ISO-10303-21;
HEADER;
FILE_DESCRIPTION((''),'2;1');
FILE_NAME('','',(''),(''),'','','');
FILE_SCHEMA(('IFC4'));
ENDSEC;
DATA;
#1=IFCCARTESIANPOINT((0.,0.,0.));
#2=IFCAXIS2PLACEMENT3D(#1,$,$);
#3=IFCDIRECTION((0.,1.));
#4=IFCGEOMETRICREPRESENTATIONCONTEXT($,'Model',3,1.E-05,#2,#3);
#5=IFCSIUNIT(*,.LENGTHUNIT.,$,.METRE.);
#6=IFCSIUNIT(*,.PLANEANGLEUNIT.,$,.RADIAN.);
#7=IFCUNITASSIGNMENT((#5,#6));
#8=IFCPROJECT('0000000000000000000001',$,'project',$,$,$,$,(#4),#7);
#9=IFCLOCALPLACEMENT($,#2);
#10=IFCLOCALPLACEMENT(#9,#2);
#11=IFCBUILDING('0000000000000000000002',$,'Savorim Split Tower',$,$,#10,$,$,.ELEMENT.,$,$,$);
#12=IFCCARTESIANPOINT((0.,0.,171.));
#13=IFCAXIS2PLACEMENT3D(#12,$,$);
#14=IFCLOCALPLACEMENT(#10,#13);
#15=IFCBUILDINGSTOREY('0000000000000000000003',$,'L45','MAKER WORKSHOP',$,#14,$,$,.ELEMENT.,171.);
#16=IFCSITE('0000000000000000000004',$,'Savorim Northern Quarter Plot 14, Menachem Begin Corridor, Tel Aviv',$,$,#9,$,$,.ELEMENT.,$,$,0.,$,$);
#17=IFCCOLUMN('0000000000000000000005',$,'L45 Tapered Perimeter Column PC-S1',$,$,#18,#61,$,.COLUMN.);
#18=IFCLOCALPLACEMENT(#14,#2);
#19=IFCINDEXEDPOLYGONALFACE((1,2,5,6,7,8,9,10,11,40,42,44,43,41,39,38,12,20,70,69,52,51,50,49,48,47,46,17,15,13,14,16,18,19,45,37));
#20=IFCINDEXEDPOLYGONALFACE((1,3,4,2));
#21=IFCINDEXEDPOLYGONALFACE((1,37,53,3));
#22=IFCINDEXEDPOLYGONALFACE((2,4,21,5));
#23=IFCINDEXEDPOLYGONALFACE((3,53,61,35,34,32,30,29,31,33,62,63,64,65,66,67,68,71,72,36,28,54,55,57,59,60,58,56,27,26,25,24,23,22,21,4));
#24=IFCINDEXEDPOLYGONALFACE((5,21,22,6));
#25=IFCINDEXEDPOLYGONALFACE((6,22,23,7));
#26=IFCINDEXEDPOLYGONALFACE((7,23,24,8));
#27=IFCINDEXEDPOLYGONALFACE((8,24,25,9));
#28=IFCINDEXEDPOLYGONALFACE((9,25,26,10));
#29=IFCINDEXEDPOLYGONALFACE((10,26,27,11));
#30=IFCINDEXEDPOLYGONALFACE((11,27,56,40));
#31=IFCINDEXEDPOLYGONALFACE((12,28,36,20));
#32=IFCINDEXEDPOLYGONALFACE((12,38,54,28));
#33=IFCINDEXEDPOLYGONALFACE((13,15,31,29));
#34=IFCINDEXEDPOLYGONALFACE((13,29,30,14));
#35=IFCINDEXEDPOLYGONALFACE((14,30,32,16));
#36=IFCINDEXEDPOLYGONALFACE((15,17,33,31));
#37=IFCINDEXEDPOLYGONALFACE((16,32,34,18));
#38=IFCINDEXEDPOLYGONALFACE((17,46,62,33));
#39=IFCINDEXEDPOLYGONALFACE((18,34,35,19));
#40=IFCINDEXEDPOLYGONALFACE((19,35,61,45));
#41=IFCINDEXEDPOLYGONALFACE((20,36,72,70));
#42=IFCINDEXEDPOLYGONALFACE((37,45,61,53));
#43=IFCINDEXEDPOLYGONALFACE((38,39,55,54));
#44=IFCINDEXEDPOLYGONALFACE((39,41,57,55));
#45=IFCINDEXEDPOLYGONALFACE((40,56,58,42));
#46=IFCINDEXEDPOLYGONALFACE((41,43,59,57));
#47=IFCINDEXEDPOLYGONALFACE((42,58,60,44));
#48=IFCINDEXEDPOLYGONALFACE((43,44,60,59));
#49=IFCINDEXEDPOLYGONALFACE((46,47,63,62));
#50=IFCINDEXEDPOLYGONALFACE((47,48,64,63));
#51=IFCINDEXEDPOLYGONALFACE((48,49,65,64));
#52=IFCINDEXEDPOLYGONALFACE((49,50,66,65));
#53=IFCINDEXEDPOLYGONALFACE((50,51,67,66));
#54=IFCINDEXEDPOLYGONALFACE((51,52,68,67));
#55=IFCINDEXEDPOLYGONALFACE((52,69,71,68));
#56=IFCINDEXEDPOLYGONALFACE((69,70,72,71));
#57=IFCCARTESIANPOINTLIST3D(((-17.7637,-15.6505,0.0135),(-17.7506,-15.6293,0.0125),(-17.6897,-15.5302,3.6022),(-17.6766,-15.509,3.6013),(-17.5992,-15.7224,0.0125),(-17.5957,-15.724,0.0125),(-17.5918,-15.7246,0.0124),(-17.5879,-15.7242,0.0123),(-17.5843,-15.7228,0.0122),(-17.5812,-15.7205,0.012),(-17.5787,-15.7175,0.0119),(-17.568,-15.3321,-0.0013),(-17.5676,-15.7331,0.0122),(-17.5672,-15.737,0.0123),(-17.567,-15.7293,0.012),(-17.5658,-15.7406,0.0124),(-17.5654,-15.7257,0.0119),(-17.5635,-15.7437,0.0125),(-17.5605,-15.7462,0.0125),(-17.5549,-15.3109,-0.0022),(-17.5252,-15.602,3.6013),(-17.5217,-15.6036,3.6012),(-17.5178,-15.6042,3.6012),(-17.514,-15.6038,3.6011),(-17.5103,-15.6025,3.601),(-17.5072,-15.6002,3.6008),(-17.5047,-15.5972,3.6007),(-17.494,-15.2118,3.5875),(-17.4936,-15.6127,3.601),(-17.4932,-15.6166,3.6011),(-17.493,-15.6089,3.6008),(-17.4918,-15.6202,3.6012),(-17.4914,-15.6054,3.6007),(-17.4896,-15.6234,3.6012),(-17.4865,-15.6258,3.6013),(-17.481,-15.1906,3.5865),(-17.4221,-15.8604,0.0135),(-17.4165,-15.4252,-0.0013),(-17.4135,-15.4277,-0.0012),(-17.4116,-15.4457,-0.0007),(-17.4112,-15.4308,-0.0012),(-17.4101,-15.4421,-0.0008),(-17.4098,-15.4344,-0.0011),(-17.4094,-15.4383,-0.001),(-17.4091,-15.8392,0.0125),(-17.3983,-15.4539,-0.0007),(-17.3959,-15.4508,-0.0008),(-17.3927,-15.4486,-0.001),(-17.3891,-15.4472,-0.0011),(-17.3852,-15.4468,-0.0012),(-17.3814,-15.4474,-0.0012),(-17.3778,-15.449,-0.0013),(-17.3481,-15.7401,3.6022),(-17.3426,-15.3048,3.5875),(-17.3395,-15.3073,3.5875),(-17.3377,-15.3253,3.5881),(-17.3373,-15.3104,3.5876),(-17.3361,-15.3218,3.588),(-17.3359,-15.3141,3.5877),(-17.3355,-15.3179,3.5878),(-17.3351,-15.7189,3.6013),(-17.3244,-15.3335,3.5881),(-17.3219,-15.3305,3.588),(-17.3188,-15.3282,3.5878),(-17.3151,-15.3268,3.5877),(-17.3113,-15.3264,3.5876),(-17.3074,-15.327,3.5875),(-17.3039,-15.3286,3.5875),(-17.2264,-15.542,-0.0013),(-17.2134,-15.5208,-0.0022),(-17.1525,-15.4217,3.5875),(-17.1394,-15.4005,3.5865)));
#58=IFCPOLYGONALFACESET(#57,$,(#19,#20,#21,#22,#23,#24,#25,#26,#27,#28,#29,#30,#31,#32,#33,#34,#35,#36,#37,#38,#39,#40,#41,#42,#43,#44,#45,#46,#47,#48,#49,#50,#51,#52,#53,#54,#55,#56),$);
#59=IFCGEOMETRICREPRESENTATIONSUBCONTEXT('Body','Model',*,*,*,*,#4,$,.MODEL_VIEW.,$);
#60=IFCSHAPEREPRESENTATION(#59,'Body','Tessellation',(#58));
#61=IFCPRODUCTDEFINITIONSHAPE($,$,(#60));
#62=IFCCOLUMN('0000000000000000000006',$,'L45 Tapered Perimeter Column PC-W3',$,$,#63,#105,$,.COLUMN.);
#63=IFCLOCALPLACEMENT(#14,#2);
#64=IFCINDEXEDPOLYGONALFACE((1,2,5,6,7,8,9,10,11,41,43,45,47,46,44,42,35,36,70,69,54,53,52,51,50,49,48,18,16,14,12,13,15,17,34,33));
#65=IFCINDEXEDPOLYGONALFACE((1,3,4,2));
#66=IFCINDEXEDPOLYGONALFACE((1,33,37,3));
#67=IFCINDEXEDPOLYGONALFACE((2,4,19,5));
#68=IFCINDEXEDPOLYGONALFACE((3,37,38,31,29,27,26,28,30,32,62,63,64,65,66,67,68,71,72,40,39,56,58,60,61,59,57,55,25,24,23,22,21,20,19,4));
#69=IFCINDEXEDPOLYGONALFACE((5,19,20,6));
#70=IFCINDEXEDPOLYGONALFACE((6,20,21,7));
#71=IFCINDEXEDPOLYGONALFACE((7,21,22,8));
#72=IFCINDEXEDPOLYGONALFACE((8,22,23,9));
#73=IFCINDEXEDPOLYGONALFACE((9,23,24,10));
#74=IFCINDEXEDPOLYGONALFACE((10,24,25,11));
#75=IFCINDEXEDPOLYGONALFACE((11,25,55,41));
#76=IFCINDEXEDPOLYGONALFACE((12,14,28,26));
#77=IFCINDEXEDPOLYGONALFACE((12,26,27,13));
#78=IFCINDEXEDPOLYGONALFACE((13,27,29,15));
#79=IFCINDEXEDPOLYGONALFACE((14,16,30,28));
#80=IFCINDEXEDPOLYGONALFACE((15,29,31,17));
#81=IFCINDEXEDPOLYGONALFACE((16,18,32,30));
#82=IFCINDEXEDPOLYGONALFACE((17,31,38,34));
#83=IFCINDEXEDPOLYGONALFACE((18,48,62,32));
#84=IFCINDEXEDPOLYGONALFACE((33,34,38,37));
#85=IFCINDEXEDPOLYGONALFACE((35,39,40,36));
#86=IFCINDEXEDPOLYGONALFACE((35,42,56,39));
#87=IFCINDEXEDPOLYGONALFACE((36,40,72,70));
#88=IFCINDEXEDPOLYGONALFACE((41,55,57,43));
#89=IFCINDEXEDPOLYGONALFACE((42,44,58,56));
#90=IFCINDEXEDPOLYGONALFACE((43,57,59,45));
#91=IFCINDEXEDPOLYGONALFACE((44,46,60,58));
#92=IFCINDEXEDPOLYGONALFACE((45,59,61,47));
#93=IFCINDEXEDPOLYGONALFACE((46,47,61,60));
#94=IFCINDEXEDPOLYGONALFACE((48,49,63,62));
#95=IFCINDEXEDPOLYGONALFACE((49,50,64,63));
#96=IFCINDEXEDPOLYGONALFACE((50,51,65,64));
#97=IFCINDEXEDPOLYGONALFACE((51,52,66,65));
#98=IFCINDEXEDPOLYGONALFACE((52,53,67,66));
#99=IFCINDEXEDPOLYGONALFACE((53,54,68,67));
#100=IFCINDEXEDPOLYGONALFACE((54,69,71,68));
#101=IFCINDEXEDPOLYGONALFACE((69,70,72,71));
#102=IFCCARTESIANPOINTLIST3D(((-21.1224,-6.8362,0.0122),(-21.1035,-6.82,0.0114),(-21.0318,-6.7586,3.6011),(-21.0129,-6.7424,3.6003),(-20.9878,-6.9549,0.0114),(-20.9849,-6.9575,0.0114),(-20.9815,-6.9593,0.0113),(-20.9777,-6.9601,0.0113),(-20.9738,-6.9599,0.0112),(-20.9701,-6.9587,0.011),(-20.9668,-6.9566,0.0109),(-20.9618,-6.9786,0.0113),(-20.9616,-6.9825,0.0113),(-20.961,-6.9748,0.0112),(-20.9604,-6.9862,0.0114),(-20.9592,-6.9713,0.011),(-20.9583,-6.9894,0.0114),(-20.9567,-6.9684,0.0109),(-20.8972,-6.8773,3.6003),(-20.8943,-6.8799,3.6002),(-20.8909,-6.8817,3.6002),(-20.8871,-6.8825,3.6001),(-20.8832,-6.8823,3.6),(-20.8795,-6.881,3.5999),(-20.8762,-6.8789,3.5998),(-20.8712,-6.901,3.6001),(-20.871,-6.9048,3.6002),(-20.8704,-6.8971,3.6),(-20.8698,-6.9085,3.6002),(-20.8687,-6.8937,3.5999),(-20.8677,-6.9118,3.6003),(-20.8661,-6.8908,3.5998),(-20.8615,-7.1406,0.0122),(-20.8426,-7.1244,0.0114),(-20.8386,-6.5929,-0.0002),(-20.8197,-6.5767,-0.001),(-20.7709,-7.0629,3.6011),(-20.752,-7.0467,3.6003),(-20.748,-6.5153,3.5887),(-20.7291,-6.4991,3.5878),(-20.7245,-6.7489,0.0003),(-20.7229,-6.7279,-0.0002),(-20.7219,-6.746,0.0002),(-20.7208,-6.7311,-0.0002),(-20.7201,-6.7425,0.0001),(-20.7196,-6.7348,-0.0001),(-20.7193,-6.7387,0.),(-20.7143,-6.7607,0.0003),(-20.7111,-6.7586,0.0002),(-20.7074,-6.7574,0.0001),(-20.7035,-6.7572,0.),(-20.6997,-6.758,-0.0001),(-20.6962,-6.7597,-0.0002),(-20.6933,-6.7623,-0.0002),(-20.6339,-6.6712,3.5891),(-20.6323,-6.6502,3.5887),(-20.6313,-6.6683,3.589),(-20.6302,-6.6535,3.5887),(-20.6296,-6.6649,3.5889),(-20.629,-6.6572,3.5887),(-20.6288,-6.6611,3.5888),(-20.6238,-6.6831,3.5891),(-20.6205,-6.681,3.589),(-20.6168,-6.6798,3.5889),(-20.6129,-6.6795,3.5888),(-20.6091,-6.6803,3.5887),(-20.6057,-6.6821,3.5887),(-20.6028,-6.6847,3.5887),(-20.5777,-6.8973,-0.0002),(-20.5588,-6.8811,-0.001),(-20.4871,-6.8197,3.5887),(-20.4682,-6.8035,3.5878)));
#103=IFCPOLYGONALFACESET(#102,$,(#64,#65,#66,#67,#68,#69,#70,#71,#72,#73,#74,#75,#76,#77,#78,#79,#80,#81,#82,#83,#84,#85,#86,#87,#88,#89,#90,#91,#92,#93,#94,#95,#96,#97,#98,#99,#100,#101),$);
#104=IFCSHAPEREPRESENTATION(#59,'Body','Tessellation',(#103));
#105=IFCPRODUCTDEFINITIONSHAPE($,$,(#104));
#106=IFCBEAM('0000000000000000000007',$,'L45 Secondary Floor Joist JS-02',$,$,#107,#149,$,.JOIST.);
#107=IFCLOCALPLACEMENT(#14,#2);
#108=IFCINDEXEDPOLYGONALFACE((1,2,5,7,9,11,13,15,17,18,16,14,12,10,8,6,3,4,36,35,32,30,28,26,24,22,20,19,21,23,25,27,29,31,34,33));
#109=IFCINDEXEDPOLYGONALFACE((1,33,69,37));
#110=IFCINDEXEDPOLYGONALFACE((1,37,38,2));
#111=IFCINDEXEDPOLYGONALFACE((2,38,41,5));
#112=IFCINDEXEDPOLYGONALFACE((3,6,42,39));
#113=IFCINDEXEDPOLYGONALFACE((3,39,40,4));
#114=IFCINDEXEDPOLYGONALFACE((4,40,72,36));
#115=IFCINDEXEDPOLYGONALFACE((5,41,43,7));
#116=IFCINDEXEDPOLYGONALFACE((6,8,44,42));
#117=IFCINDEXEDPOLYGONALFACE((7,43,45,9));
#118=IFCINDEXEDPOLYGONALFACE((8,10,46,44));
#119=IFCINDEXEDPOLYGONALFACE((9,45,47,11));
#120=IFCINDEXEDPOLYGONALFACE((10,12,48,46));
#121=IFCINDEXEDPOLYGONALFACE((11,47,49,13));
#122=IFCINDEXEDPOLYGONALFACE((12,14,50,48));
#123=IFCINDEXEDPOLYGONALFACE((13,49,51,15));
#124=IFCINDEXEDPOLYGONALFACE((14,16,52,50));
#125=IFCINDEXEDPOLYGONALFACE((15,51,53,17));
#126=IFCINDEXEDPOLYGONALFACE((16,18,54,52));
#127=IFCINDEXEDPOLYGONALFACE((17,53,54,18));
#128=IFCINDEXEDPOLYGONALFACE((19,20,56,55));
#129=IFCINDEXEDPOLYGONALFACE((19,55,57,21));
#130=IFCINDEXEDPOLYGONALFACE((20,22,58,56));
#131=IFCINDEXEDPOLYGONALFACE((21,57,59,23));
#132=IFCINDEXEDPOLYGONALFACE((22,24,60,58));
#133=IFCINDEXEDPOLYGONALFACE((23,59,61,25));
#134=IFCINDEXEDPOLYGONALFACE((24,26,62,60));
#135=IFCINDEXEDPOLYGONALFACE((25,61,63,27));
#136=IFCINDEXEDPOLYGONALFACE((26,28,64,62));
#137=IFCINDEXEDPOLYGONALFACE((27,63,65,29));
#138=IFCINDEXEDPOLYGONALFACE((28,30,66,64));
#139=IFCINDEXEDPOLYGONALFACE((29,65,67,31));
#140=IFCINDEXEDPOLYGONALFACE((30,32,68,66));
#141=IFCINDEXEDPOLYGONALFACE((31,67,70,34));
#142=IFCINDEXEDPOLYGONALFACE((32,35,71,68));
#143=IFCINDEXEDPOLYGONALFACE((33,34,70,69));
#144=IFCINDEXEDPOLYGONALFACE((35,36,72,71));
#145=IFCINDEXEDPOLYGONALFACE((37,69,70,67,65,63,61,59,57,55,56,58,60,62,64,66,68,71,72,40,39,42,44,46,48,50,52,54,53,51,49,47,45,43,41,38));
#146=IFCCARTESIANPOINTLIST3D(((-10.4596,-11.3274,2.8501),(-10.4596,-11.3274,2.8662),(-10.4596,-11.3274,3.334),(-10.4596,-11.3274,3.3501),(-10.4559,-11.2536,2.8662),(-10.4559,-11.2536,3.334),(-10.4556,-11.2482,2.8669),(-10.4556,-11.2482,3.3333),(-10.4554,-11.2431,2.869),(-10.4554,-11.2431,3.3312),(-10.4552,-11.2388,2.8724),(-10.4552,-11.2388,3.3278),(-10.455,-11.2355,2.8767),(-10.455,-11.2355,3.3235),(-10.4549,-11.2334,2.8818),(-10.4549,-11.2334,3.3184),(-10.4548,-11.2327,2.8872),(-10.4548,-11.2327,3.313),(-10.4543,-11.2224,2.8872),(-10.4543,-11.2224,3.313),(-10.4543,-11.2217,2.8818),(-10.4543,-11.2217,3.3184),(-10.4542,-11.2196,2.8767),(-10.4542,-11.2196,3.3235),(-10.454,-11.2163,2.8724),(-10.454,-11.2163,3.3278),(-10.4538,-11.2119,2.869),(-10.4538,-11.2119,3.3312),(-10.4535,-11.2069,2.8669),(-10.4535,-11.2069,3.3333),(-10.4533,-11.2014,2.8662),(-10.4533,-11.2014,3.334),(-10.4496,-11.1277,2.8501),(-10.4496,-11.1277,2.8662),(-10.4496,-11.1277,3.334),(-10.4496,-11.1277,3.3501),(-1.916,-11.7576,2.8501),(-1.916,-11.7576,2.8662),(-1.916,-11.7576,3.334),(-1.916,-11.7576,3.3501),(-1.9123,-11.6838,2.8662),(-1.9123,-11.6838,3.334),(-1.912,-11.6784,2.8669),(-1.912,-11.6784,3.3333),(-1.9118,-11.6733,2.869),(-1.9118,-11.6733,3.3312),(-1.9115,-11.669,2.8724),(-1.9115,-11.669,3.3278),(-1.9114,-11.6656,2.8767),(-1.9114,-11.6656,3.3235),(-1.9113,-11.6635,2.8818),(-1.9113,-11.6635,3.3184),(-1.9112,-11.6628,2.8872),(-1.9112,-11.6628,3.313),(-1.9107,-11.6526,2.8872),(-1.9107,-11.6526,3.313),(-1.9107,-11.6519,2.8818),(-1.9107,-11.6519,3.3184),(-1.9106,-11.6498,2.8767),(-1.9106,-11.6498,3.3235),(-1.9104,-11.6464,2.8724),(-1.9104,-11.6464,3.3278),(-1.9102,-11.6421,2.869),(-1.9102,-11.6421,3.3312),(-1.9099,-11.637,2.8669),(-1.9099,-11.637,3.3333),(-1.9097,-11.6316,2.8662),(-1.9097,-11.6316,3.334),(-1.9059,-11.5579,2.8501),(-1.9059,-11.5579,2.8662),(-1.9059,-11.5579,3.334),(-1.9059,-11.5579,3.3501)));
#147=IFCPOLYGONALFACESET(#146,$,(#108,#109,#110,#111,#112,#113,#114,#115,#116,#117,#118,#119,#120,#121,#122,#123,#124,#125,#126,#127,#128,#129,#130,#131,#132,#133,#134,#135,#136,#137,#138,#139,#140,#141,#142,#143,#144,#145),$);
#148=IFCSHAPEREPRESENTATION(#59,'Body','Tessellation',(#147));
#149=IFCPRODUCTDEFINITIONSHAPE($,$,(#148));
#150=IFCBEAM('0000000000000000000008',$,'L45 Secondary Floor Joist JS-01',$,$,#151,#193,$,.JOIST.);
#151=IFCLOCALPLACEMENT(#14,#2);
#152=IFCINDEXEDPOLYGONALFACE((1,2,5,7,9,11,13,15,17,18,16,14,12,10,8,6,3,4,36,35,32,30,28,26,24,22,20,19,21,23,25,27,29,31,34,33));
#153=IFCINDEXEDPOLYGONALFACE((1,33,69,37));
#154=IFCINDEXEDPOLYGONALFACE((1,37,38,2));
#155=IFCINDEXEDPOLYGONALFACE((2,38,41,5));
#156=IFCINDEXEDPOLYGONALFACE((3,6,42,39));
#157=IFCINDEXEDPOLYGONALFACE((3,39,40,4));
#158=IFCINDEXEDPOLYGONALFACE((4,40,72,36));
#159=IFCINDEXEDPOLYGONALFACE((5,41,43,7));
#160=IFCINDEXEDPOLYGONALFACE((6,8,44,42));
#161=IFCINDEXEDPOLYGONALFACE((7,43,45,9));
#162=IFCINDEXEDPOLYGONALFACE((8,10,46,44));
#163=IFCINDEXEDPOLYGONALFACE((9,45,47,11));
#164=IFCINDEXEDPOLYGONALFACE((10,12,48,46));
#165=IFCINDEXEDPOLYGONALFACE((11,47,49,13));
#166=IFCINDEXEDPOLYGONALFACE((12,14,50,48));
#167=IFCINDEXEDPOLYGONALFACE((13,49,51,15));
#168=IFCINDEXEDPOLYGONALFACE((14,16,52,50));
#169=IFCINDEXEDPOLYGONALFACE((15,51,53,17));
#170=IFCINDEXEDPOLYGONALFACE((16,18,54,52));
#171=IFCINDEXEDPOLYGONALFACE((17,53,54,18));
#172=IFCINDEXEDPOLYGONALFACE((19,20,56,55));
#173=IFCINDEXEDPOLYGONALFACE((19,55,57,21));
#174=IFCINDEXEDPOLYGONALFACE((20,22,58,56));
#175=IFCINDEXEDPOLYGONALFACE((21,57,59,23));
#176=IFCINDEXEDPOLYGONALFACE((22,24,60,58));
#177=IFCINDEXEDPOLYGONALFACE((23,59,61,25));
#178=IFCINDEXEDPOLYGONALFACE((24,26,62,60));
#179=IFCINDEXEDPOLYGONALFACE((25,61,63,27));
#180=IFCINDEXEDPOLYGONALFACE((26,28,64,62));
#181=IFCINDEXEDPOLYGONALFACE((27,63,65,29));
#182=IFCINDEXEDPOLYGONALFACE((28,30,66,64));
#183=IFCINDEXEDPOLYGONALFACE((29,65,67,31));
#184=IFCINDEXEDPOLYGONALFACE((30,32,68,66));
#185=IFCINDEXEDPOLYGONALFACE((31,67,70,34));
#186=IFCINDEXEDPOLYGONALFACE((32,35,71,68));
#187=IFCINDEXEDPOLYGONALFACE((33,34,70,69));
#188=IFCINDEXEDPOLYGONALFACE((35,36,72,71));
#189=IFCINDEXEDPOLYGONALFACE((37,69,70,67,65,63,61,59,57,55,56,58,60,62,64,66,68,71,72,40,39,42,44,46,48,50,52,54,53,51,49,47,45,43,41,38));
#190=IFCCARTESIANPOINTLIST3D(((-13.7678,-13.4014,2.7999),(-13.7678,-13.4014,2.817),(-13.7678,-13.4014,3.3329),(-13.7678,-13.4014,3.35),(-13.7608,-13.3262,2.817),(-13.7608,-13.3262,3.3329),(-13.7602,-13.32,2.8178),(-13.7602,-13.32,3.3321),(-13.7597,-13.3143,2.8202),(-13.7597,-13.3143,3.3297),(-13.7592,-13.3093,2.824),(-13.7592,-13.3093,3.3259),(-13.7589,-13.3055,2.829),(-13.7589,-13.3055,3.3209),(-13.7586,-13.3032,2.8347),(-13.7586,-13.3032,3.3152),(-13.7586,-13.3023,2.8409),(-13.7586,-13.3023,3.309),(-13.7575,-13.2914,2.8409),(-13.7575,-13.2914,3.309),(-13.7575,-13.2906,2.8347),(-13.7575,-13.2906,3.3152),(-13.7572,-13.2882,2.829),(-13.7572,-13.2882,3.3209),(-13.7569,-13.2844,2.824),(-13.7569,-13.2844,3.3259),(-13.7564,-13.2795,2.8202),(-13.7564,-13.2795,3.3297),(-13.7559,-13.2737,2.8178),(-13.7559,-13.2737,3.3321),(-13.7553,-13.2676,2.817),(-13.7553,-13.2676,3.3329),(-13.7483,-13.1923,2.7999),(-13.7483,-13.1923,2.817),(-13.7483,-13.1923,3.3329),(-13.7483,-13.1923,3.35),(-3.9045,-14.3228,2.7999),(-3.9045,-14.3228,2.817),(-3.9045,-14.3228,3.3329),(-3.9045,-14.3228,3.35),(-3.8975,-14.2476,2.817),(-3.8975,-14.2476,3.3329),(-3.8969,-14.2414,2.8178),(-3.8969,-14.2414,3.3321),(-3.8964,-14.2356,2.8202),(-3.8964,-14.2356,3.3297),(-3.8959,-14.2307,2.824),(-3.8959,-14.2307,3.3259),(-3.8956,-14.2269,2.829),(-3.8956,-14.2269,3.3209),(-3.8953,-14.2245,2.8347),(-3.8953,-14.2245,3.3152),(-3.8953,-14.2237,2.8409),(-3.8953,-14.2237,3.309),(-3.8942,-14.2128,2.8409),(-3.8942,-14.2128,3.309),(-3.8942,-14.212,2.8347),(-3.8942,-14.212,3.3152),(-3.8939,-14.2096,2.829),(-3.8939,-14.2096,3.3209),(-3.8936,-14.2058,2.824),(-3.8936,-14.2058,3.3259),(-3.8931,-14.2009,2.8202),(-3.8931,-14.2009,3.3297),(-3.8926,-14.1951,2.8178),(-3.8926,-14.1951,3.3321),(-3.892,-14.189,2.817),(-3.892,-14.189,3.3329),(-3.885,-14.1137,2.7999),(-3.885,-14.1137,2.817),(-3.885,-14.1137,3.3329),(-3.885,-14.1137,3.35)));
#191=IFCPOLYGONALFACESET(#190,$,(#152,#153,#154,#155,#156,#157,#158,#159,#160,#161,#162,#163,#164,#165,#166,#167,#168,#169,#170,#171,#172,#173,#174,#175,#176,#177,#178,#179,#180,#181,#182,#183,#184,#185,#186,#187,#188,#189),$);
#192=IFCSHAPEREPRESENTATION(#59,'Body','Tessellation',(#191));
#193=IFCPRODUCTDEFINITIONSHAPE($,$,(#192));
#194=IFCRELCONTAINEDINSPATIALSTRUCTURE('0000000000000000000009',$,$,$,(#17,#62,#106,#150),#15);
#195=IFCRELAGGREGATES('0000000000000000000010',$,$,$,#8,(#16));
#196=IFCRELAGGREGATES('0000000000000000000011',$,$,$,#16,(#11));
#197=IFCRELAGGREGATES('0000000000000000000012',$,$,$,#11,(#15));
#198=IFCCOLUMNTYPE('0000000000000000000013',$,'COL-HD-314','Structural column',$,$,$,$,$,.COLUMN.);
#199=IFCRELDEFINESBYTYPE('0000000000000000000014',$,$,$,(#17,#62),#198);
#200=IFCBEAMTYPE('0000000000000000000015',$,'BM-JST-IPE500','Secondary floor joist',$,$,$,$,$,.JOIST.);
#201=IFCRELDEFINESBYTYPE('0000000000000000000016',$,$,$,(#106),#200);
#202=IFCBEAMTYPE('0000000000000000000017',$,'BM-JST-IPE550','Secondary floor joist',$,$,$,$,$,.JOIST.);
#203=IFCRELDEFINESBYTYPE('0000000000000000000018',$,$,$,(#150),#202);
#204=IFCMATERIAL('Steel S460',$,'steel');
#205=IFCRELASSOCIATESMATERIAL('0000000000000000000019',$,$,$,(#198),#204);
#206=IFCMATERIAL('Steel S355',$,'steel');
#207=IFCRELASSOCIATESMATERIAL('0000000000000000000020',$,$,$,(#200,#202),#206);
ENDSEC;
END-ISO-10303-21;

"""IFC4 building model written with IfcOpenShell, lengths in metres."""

from ifc_helpers import new_model, si_unit, direction, frame, origin, origin_2d, place, context, subcontext, project, spatial, i_section, extrude, material, material_profile, profile_set, type_object, element, save


model = new_model("IFC4")

# Units and contexts
model_context = context("Model", 3, precision=1e-05, world=origin(), true_north=direction((0.0, 1.0)))
body_context = subcontext(model_context, "Body", "Model", "MODEL_VIEW")
ifc_project = project(units=[si_unit("LENGTHUNIT", "METRE"), si_unit("PLANEANGLEUNIT", "RADIAN")], contexts=[model_context])

# Site, building, storey
site_placement = place(None, origin())
site = spatial("IfcSite", under=ifc_project, at=site_placement, Name="Savorim Northern Quarter Plot 14, Menachem Begin Corridor, Tel Aviv", CompositionType="ELEMENT", RefElevation=0.0)
building_placement = place(site_placement, origin())
building = spatial("IfcBuilding", under=site, at=building_placement, Name="Savorim Split Tower", CompositionType="ELEMENT")
storey_placement = place(building_placement, frame((0.0, 0.0, 171.0)))
storey = spatial("IfcBuildingStorey", under=building, at=storey_placement, Name="L45", Description="MAKER WORKSHOP", CompositionType="ELEMENT", Elevation=171.0)

# Columns
ifc_material_1 = material(Name="Steel S460", Category="steel")
ifc_material_profile_1 = material_profile(ifc_material_1, i_section(OverallWidth=0.4009, OverallDepth=0.3989, WebThickness=0.0156, FlangeThickness=0.0249, FilletRadius=0.0149, at=origin_2d()), Name="HD 400x314")
ifc_profile_set_1 = profile_set([ifc_material_profile_1], Name="Steel S460")
column_type = type_object("IfcColumnType", Name="COL-HD-314", Description="Structural column", PredefinedType="COLUMN", material=ifc_profile_set_1)
column_1_placement = place(storey_placement, frame((-17.4885, -15.5857, 0.0056), z_axis=(0.020596, 0.033511, 0.999226), x_axis=(-0.851955, 0.523615, 0.0)))
element("IfcColumn", 1, at=column_1_placement, inside=storey, type_object=column_type, Name="L45 Tapered Perimeter Column PC-S1", PredefinedType="COLUMN", context=body_context, shape_type="SweptSolid", body=[
    extrude(i_section(OverallWidth=0.4009, OverallDepth=0.3989, WebThickness=0.0156, FlangeThickness=0.0249, FilletRadius=0.0149, at=origin_2d()), origin(), (0.0, 0.0, 1.0), 3.5916),
])
column_2_placement = place(storey_placement, frame((-20.8406, -6.8586, 0.0056), z_axis=(0.025224, 0.021621, 0.999448), x_axis=(-0.650791, 0.759257, 0.0)))
element("IfcColumn", 2, at=column_2_placement, inside=storey, type_object=column_type, Name="L45 Tapered Perimeter Column PC-W3", PredefinedType="COLUMN", context=body_context, shape_type="SweptSolid", body=[
    extrude(i_section(OverallWidth=0.4009, OverallDepth=0.3989, WebThickness=0.0156, FlangeThickness=0.0249, FilletRadius=0.0149, at=origin_2d()), origin(), (0.0, 0.0, 1.0), 3.5908),
])

# Beams
ifc_material_2 = material(Name="Steel S355", Category="steel")
ifc_material_profile_2 = material_profile(ifc_material_2, i_section(OverallWidth=0.2, OverallDepth=0.5, WebThickness=0.0103, FlangeThickness=0.0161, FilletRadius=0.021, at=origin_2d()), Name="IPE 500")
ifc_profile_set_2 = profile_set([ifc_material_profile_2], Name="Steel S355")
beam_type_1 = type_object("IfcBeamType", Name="BM-JST-IPE500", Description="Secondary floor joist", PredefinedType="JOIST", material=ifc_profile_set_2)
beam_1_placement = place(storey_placement, frame((-10.4546, -11.2275, 3.1001), z_axis=(0.998735, -0.050286, 0.0), x_axis=(0.050286, 0.998735, 0.0)))
element("IfcBeam", 3, at=beam_1_placement, inside=storey, type_object=beam_type_1, Name="L45 Secondary Floor Joist JS-02", PredefinedType="JOIST", context=body_context, shape_type="SweptSolid", body=[
    extrude(i_section(OverallWidth=0.2, OverallDepth=0.5, WebThickness=0.0103, FlangeThickness=0.0161, FilletRadius=0.021, at=origin_2d()), origin(), (0.0, 0.0, 1.0), 8.5544),
])
ifc_material_profile_3 = material_profile(ifc_material_2, i_section(OverallWidth=0.21, OverallDepth=0.55, WebThickness=0.011, FlangeThickness=0.0171, FilletRadius=0.0239, at=origin_2d()), Name="IPE 550")
ifc_profile_set_3 = profile_set([ifc_material_profile_3], Name="Steel S355")
beam_type_2 = type_object("IfcBeamType", Name="BM-JST-IPE550", Description="Secondary floor joist", PredefinedType="JOIST", material=ifc_profile_set_3)
beam_2_placement = place(storey_placement, frame((-13.7581, -13.2969, 3.075), z_axis=(0.995665, -0.093011, 0.0), x_axis=(0.093011, 0.995665, 0.0)))
element("IfcBeam", 4, at=beam_2_placement, inside=storey, type_object=beam_type_2, Name="L45 Secondary Floor Joist JS-01", PredefinedType="JOIST", context=body_context, shape_type="SweptSolid", body=[
    extrude(i_section(OverallWidth=0.21, OverallDepth=0.55, WebThickness=0.011, FlangeThickness=0.0171, FilletRadius=0.0239, at=origin_2d()), origin(), (0.0, 0.0, 1.0), 9.9062),
])

save(model, "model.ifc")
